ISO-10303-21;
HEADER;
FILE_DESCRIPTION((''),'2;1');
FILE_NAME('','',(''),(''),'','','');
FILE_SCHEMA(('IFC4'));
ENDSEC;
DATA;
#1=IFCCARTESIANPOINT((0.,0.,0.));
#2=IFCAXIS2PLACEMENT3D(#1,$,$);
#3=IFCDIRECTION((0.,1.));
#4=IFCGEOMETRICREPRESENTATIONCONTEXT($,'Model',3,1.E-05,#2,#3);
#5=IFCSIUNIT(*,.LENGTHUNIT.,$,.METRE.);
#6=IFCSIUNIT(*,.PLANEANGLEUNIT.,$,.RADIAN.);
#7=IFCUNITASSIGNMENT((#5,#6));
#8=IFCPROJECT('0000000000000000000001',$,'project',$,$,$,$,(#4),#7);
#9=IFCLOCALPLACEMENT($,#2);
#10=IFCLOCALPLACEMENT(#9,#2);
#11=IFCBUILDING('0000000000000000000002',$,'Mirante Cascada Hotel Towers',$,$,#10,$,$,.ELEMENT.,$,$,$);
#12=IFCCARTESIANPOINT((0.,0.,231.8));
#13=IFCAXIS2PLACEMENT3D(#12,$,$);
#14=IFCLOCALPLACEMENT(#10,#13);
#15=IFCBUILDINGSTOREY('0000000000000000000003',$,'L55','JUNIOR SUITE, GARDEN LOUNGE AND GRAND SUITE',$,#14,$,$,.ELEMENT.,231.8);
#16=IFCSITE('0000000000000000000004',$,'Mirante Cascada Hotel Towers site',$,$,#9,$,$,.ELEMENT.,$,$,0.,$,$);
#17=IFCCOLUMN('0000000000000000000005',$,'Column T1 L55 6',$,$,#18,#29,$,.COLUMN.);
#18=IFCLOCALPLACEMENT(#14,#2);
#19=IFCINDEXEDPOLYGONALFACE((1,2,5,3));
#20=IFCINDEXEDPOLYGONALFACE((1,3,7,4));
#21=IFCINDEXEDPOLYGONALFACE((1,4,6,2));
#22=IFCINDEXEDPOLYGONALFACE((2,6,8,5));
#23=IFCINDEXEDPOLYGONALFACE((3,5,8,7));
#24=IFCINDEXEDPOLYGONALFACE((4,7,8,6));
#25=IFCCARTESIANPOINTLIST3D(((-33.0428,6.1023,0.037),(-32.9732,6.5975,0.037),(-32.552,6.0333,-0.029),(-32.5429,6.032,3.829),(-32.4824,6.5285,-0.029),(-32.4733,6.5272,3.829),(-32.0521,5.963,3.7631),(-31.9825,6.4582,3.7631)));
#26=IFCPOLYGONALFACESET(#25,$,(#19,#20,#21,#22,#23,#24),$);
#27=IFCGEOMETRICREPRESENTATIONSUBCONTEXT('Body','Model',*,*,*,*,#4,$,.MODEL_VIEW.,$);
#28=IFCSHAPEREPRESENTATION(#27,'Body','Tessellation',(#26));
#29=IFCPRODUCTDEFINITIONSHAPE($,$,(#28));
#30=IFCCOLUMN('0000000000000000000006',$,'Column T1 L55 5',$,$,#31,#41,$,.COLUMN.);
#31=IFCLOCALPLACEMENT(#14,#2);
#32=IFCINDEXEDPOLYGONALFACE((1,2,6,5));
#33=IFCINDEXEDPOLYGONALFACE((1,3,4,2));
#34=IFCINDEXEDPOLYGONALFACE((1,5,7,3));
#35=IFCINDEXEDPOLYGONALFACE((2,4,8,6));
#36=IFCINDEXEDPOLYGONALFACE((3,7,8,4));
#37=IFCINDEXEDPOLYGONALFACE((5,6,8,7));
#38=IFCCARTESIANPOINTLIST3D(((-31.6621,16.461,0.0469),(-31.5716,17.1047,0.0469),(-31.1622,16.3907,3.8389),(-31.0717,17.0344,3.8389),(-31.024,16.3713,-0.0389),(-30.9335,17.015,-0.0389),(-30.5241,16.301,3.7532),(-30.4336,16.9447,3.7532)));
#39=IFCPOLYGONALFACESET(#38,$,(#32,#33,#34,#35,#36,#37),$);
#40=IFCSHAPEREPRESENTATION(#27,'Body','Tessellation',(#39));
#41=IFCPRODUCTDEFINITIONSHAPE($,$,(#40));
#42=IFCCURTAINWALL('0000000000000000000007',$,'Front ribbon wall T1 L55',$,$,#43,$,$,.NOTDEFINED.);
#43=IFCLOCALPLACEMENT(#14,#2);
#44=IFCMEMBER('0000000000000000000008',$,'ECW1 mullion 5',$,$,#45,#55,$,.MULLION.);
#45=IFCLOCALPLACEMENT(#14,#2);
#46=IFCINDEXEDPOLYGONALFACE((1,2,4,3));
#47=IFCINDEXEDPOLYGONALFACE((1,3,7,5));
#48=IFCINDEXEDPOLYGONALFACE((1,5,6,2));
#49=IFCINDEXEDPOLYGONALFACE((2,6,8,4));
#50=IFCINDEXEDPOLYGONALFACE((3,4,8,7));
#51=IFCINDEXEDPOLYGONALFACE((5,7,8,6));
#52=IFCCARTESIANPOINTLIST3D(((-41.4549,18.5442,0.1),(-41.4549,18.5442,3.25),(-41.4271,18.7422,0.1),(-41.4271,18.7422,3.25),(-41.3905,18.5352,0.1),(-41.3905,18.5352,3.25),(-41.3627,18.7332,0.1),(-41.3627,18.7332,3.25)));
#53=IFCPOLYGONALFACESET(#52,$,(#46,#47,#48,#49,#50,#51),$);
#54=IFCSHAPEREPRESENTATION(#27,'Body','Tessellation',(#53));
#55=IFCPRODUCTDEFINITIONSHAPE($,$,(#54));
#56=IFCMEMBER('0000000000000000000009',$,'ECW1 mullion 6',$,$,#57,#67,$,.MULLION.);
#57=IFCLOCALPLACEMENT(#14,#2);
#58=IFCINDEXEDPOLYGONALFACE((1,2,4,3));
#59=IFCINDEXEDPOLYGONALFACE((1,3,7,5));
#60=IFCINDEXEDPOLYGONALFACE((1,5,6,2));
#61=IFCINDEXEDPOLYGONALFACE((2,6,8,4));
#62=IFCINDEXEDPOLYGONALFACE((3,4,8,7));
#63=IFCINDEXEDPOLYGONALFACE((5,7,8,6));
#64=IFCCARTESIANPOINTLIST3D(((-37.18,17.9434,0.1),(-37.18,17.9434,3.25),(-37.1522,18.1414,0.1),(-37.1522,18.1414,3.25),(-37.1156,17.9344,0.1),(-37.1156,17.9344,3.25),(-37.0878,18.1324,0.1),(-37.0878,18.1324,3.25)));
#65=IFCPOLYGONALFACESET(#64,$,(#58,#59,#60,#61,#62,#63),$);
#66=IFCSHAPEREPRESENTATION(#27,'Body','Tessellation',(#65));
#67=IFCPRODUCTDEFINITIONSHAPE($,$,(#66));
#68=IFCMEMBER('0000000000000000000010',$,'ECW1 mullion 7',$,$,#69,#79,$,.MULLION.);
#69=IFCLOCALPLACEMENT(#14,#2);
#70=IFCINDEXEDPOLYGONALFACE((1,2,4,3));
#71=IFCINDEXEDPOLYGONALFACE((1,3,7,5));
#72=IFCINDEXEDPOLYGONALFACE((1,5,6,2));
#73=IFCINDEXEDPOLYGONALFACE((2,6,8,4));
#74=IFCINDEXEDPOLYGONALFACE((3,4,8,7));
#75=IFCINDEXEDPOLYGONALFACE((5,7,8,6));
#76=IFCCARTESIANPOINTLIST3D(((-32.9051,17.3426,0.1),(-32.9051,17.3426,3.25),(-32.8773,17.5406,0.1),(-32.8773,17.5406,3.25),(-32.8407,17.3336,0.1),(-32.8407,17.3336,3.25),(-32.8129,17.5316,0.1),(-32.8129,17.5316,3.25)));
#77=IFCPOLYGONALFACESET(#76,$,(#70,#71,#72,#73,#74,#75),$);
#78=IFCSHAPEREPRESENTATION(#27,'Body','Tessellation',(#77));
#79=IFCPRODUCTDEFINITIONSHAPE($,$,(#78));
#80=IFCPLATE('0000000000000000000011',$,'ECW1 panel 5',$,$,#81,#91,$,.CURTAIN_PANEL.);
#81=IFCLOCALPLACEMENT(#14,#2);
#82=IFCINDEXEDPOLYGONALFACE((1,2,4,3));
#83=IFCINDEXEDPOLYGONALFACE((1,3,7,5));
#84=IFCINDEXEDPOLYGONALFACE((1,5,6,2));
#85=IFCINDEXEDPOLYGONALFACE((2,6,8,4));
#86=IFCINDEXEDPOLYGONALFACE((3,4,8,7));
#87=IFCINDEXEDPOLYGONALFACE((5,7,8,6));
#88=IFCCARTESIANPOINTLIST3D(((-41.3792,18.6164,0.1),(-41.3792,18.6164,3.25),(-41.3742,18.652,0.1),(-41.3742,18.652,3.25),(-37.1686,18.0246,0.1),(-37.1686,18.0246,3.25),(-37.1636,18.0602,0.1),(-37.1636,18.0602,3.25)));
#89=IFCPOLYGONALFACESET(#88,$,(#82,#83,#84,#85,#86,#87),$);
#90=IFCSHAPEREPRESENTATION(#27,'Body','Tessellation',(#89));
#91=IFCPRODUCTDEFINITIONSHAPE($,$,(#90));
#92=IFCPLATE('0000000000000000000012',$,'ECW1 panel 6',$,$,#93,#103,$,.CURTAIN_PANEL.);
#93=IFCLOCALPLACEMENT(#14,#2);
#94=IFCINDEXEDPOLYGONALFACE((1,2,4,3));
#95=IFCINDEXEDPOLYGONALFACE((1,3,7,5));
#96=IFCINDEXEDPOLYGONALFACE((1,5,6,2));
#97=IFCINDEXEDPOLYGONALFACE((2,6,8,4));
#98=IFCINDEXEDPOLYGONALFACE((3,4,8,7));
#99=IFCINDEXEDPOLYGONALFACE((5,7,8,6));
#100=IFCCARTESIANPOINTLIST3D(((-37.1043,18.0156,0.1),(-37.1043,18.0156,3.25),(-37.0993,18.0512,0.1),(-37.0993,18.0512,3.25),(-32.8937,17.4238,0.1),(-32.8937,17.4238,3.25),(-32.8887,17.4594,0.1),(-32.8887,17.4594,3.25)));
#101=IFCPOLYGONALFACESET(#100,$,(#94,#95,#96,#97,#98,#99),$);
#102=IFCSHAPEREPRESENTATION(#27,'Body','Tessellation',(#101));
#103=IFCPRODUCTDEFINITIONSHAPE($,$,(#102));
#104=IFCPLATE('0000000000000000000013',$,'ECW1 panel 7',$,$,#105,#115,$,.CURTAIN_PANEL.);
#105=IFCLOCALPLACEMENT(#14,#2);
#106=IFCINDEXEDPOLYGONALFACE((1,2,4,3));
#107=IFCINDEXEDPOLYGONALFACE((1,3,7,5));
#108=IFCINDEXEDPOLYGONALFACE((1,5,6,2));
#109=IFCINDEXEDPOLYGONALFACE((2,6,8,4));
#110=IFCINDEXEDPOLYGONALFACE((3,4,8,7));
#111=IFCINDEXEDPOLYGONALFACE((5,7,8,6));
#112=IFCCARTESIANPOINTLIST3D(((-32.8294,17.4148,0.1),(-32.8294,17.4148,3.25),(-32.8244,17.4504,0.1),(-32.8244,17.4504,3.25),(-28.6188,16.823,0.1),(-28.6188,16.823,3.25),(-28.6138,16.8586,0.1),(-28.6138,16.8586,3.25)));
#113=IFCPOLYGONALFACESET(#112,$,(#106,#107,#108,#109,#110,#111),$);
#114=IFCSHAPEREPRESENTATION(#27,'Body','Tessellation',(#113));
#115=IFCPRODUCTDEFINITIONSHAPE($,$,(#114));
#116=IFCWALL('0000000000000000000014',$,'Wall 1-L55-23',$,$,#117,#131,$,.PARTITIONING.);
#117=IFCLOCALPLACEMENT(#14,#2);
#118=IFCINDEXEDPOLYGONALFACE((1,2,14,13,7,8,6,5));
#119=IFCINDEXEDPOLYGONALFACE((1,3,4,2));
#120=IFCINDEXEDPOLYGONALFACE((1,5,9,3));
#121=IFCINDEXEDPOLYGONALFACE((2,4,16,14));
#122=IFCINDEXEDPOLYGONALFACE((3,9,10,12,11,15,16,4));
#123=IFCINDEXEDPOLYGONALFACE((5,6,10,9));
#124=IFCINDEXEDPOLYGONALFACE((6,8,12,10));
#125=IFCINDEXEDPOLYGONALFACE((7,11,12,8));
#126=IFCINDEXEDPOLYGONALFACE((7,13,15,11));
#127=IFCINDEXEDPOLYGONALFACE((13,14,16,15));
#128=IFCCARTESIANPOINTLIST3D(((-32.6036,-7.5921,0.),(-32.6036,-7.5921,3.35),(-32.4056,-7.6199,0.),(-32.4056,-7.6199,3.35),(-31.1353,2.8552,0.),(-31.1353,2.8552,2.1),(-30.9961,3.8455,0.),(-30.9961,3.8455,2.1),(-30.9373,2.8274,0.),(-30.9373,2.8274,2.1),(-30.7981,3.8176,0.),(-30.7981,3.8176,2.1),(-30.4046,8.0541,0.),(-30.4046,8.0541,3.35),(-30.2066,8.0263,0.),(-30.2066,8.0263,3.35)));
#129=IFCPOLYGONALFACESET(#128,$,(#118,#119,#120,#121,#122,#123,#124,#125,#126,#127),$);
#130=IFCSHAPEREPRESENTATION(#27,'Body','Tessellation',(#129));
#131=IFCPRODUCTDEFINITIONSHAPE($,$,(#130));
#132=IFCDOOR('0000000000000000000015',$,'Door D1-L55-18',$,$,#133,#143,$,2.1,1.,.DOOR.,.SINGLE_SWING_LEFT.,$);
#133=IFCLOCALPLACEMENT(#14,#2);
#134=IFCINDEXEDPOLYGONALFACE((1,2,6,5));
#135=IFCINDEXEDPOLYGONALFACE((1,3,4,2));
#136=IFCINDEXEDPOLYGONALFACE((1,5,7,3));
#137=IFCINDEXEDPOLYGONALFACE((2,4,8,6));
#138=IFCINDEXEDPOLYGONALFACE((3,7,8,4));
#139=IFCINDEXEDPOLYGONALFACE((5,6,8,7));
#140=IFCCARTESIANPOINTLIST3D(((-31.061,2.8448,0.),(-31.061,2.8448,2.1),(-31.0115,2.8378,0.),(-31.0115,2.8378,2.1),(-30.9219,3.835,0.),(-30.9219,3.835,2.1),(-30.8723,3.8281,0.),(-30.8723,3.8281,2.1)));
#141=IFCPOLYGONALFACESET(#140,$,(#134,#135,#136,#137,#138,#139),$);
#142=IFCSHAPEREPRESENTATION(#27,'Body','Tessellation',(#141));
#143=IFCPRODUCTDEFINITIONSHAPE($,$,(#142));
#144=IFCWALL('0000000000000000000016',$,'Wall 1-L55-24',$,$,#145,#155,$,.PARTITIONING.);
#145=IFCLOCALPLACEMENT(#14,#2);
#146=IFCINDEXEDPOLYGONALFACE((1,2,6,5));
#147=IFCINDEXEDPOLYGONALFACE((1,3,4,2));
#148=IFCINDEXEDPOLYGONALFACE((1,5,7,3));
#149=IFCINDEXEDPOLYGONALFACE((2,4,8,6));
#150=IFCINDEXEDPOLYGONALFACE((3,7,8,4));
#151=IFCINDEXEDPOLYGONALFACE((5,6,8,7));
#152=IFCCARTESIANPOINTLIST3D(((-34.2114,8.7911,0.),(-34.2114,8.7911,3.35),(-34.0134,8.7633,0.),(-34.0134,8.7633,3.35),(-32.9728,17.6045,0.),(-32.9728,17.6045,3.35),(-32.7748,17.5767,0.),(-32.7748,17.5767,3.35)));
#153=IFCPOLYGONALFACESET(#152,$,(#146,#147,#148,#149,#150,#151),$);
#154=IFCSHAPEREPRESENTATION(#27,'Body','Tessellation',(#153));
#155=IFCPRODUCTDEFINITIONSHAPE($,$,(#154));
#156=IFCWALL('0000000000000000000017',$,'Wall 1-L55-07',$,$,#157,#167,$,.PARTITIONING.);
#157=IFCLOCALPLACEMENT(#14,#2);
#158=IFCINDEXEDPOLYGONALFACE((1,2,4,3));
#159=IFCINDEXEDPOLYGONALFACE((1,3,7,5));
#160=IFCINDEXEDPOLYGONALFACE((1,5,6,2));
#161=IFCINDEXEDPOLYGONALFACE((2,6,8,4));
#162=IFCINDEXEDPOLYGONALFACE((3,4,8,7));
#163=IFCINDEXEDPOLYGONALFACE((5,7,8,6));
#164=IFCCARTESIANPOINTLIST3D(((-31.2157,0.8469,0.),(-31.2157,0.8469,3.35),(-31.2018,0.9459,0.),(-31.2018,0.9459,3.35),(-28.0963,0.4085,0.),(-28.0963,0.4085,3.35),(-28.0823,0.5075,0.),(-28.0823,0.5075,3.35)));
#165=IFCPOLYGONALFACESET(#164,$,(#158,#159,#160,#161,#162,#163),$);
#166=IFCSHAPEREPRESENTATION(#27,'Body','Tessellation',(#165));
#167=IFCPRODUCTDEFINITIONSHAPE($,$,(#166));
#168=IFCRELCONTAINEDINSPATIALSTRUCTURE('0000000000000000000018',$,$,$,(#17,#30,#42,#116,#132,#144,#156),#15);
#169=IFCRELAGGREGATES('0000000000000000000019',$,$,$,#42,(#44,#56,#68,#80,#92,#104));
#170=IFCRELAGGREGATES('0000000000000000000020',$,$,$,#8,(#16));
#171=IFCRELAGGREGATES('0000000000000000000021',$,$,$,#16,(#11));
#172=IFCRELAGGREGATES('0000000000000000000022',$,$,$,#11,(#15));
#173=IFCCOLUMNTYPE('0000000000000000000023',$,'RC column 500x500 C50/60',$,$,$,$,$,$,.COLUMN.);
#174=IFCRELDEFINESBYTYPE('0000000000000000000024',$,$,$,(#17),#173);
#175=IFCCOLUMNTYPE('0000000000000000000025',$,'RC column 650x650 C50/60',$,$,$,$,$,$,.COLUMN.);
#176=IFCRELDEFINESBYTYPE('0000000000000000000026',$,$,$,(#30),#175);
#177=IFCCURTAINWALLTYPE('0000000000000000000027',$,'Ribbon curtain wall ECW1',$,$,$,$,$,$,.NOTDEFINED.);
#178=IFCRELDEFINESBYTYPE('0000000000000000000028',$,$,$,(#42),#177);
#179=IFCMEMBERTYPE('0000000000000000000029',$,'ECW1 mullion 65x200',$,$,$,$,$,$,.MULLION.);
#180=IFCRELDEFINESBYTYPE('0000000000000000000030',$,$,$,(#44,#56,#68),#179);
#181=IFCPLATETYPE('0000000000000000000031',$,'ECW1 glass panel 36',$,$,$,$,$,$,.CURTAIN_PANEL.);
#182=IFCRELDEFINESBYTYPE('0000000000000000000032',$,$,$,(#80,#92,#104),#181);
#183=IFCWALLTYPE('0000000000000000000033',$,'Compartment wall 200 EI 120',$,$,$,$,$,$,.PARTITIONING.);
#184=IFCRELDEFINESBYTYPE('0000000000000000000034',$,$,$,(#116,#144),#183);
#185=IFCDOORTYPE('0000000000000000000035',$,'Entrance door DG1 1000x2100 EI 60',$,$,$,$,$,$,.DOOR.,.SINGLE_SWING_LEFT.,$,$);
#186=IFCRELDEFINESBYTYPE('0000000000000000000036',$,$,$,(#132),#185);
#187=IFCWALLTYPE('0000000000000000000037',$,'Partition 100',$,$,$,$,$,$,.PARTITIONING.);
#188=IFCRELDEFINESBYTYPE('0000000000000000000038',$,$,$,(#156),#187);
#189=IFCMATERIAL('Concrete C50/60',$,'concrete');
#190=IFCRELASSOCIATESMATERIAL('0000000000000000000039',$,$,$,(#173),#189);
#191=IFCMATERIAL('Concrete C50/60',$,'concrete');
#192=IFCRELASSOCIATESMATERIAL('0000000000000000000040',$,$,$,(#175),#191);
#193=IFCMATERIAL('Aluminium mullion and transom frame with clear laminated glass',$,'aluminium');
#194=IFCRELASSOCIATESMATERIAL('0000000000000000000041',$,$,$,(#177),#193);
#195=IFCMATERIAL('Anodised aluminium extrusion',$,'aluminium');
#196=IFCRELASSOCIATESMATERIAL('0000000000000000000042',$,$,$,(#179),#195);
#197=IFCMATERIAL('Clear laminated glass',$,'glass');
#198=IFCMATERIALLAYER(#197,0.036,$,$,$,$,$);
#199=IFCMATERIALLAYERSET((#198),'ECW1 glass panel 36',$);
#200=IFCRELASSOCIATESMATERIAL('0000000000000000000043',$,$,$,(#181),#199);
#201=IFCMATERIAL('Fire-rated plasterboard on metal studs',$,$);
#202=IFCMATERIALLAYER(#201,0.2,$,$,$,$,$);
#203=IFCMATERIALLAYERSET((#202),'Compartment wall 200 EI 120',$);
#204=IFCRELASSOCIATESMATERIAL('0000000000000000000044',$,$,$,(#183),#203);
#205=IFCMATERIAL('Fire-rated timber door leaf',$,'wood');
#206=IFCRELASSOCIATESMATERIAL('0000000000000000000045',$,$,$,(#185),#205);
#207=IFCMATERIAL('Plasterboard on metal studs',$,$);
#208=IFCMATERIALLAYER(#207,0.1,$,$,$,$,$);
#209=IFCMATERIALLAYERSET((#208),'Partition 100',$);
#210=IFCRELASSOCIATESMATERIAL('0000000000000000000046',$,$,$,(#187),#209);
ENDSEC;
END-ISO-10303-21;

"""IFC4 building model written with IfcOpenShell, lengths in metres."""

from ifc_helpers import new_model, si_unit, direction, frame, frame_2d, origin, origin_2d, place, context, subcontext, project, spatial, rectangle, extrude, material, layer, layer_set, material_profile, profile_set, type_object, element, fill, aggregate, save


model = new_model("IFC4")

# Units and contexts
model_context = context("Model", 3, precision=1e-05, world=origin(), true_north=direction((0.0, 1.0)))
body_context = subcontext(model_context, "Body", "Model", "MODEL_VIEW")
ifc_project = project(units=[si_unit("LENGTHUNIT", "METRE"), si_unit("PLANEANGLEUNIT", "RADIAN")], contexts=[model_context])

# Site, building, storey
site_placement = place(None, origin())
site = spatial("IfcSite", under=ifc_project, at=site_placement, Name="Mirante Cascada Hotel Towers site", CompositionType="ELEMENT", RefElevation=0.0)
building_placement = place(site_placement, origin())
building = spatial("IfcBuilding", under=site, at=building_placement, Name="Mirante Cascada Hotel Towers", CompositionType="ELEMENT")
storey_placement = place(building_placement, frame((0.0, 0.0, 231.8)))
storey = spatial("IfcBuildingStorey", under=building, at=storey_placement, Name="L55", Description="JUNIOR SUITE, GARDEN LOUNGE AND GRAND SUITE", CompositionType="ELEMENT", Elevation=231.8)

# Columns
ifc_material_1 = material(Name="Concrete C50/60", Category="concrete")
ifc_material_profile_1 = material_profile(ifc_material_1, rectangle(XDim=0.5, YDim=0.5, at=origin_2d()), Name="RC column 500x500 C50/60")
ifc_profile_set_1 = profile_set([ifc_material_profile_1], Name="Concrete C50/60")
column_type_1 = type_object("IfcColumnType", Name="RC column 500x500 C50/60", PredefinedType="COLUMN", material=ifc_profile_set_1)
column_1_placement = place(storey_placement, frame((-32.7626, 6.3154, 0.004), z_axis=(0.130677, -0.018377, 0.991255), x_axis=(0.139258, 0.990256, 0.0)))
element("IfcColumn", 1, at=column_1_placement, inside=storey, type_object=column_type_1, Name="Column T1 L55 6", PredefinedType="COLUMN", context=body_context, shape_type="SweptSolid", body=[
    extrude(rectangle(XDim=0.5, YDim=0.5, at=origin_2d()), origin(), (0.0, 0.0, 1.0), 3.8255),
])
ifc_material_2 = material(Name="Concrete C50/60", Category="concrete")
ifc_material_profile_2 = material_profile(ifc_material_2, rectangle(XDim=0.65, YDim=0.65, at=origin_2d()), Name="RC column 650x650 C50/60")
ifc_profile_set_2 = profile_set([ifc_material_profile_2], Name="Concrete C50/60")
column_type_2 = type_object("IfcColumnType", Name="RC column 650x650 C50/60", PredefinedType="COLUMN", material=ifc_profile_set_2)
column_2_placement = place(storey_placement, frame((-31.2978, 16.738, 0.004), z_axis=(0.130677, -0.018377, 0.991255), x_axis=(0.139258, 0.990256, 0.0)))
element("IfcColumn", 2, at=column_2_placement, inside=storey, type_object=column_type_2, Name="Column T1 L55 5", PredefinedType="COLUMN", context=body_context, shape_type="SweptSolid", body=[
    extrude(rectangle(XDim=0.65, YDim=0.65, at=origin_2d()), origin(), (0.0, 0.0, 1.0), 3.8255),
])

# Curtain wall, members, plates
ifc_material_3 = material(Name="Aluminium mullion and transom frame with clear laminated glass", Category="aluminium")
curtain_wall_type = type_object("IfcCurtainWallType", Name="Ribbon curtain wall ECW1", PredefinedType="NOTDEFINED", material=ifc_material_3)
curtain_wall_placement = place(storey_placement, origin())
curtain_wall = element("IfcCurtainWall", 3, at=curtain_wall_placement, inside=storey, type_object=curtain_wall_type, Name="Front ribbon wall T1 L55", PredefinedType="NOTDEFINED")
ifc_material_4 = material(Name="Anodised aluminium extrusion", Category="aluminium")
ifc_material_profile_3 = material_profile(ifc_material_4, rectangle(XDim=0.2, YDim=0.065, at=origin_2d()), Name="ECW1 MULLION 65x200")
ifc_profile_set_3 = profile_set([ifc_material_profile_3], Name="Anodised aluminium extrusion")
member_type = type_object("IfcMemberType", Name="ECW1 mullion 65x200", PredefinedType="MULLION", material=ifc_profile_set_3)
member_1_placement = place(storey_placement, frame((-41.4088, 18.6387, 0.1), z_axis=(0.0, 0.0, 1.0), x_axis=(0.139173, 0.990268, 0.0)))
member_1 = element("IfcMember", 4, at=member_1_placement, type_object=member_type, Name="ECW1 mullion 5", PredefinedType="MULLION", context=body_context, shape_type="SweptSolid", body=[
    extrude(rectangle(XDim=0.2, YDim=0.065, at=origin_2d()), origin(), (0.0, 0.0, 1.0), 3.15),
])
member_2_placement = place(storey_placement, frame((-37.1339, 18.0379, 0.1), z_axis=(0.0, 0.0, 1.0), x_axis=(0.139173, 0.990268, 0.0)))
member_2 = element("IfcMember", 5, at=member_2_placement, type_object=member_type, Name="ECW1 mullion 6", PredefinedType="MULLION", context=body_context, shape_type="SweptSolid", body=[
    extrude(rectangle(XDim=0.2, YDim=0.065, at=origin_2d()), origin(), (0.0, 0.0, 1.0), 3.15),
])
member_3_placement = place(storey_placement, frame((-32.859, 17.4371, 0.1), z_axis=(0.0, 0.0, 1.0), x_axis=(0.139173, 0.990268, 0.0)))
member_3 = element("IfcMember", 6, at=member_3_placement, type_object=member_type, Name="ECW1 mullion 7", PredefinedType="MULLION", context=body_context, shape_type="SweptSolid", body=[
    extrude(rectangle(XDim=0.2, YDim=0.065, at=origin_2d()), origin(), (0.0, 0.0, 1.0), 3.15),
])
ifc_material_5 = material(Name="Clear laminated glass", Category="glass")
ifc_layer_1 = layer(ifc_material_5, 0.036)
ifc_layer_set_1 = layer_set([ifc_layer_1], Name="ECW1 glass panel 36")
plate_type = type_object("IfcPlateType", Name="ECW1 glass panel 36", PredefinedType="CURTAIN_PANEL", material=ifc_layer_set_1)
plate_1_placement = place(storey_placement, frame((-39.2714, 18.3383, 0.1), z_axis=(0.0, 0.0, 1.0), x_axis=(0.990268, -0.139173, 0.0)))
plate_1 = element("IfcPlate", 7, at=plate_1_placement, type_object=plate_type, Name="ECW1 panel 5", PredefinedType="CURTAIN_PANEL", context=body_context, shape_type="SweptSolid", body=[
    extrude(rectangle(XDim=4.2519, YDim=0.036, at=origin_2d()), origin(), (0.0, 0.0, 1.0), 3.15),
])
plate_2_placement = place(storey_placement, frame((-34.9965, 17.7375, 0.1), z_axis=(0.0, 0.0, 1.0), x_axis=(0.990268, -0.139173, 0.0)))
plate_2 = element("IfcPlate", 8, at=plate_2_placement, type_object=plate_type, Name="ECW1 panel 6", PredefinedType="CURTAIN_PANEL", context=body_context, shape_type="SweptSolid", body=[
    extrude(rectangle(XDim=4.2519, YDim=0.036, at=origin_2d()), origin(), (0.0, 0.0, 1.0), 3.15),
])
plate_3_placement = place(storey_placement, frame((-30.7216, 17.1367, 0.1), z_axis=(0.0, 0.0, 1.0), x_axis=(0.990268, -0.139173, 0.0)))
plate_3 = element("IfcPlate", 9, at=plate_3_placement, type_object=plate_type, Name="ECW1 panel 7", PredefinedType="CURTAIN_PANEL", context=body_context, shape_type="SweptSolid", body=[
    extrude(rectangle(XDim=4.2519, YDim=0.036, at=origin_2d()), origin(), (0.0, 0.0, 1.0), 3.15),
])
aggregate(curtain_wall, [member_1, member_2, member_3, plate_1, plate_2, plate_3])

# Wall, opening, door
ifc_material_6 = material(Name="Fire-rated plasterboard on metal studs")
ifc_layer_2 = layer(ifc_material_6, 0.2)
ifc_layer_set_2 = layer_set([ifc_layer_2], Name="Compartment wall 200 EI 120")
wall_type_1 = type_object("IfcWallType", Name="Compartment wall 200 EI 120", PredefinedType="PARTITIONING", material=ifc_layer_set_2)
wall_1_placement = place(storey_placement, frame((-30.3056, 8.0402, 0.0), z_axis=(0.0, 0.0, 1.0), x_axis=(-0.139177, -0.990267, 0.0)))
wall_1 = element("IfcWall", 10, at=wall_1_placement, inside=storey, type_object=wall_type_1, Name="Wall 1-L55-23", PredefinedType="PARTITIONING", context=body_context, shape_type="SweptSolid", body=[
    extrude(rectangle(XDim=15.8, YDim=0.2, at=frame_2d((7.9, 0.0))), origin(), (0.0, 0.0, 1.0), 3.35),
])
opening_1_placement = place(wall_1_placement, frame((4.25, 0.0, 0.0)))
opening_1 = element("IfcOpeningElement", 11, at=opening_1_placement, cuts=wall_1, PredefinedType="OPENING", context=body_context, shape_type="SweptSolid", body=[
    extrude(rectangle(XDim=1.0, YDim=2.1, at=frame_2d((0.5, 1.05))), frame((0.0, 0.1, 0.0), z_axis=(0.0, -1.0, 0.0), x_axis=(1.0, 0.0, 0.0)), (0.0, 0.0, 1.0), 0.2),
])
ifc_material_7 = material(Name="Fire-rated timber door leaf", Category="wood")
door_type_1 = type_object("IfcDoorType", Name="Entrance door DG1 1000x2100 EI 60", OperationType="SINGLE_SWING_LEFT", PredefinedType="DOOR", material=ifc_material_7)
door_1_placement = place(opening_1_placement, origin())
door_1 = element("IfcDoor", 12, at=door_1_placement, inside=storey, type_object=door_type_1, Name="Door D1-L55-18", OperationType="SINGLE_SWING_LEFT", OverallHeight=2.1, OverallWidth=1.0, PredefinedType="DOOR", context=body_context, shape_type="SweptSolid", body=[
    extrude(rectangle(XDim=1.0, YDim=2.1, at=frame_2d((0.5, 1.05))), frame((0.0, 0.025, 0.0), z_axis=(0.0, -1.0, 0.0), x_axis=(1.0, 0.0, 0.0)), (0.0, 0.0, 1.0), 0.05),
])
fill(opening_1, door_1)

# Walls
wall_2_placement = place(storey_placement, frame((-34.1124, 8.7772, 0.0), z_axis=(0.0, 0.0, 1.0), x_axis=(0.139168, 0.990269, 0.0)))
element("IfcWall", 13, at=wall_2_placement, inside=storey, type_object=wall_type_1, Name="Wall 1-L55-24", PredefinedType="PARTITIONING", context=body_context, shape_type="SweptSolid", body=[
    extrude(rectangle(XDim=8.9, YDim=0.2, at=frame_2d((4.45, 0.0))), origin(), (0.0, 0.0, 1.0), 3.35),
])
ifc_material_8 = material(Name="Plasterboard on metal studs")
ifc_layer_3 = layer(ifc_material_8, 0.1)
ifc_layer_set_3 = layer_set([ifc_layer_3], Name="Partition 100")
wall_type_2 = type_object("IfcWallType", Name="Partition 100", PredefinedType="PARTITIONING", material=ifc_layer_set_3)
wall_3_placement = place(storey_placement, frame((-31.2087, 0.8964, 0.0), z_axis=(0.0, 0.0, 1.0), x_axis=(0.990268, -0.139172, 0.0)))
element("IfcWall", 14, at=wall_3_placement, inside=storey, type_object=wall_type_2, Name="Wall 1-L55-07", PredefinedType="PARTITIONING", context=body_context, shape_type="SweptSolid", body=[
    extrude(rectangle(XDim=3.1501, YDim=0.1, at=frame_2d((1.575, 0.0))), origin(), (0.0, 0.0, 1.0), 3.35),
])

save(model, "model.ifc")
